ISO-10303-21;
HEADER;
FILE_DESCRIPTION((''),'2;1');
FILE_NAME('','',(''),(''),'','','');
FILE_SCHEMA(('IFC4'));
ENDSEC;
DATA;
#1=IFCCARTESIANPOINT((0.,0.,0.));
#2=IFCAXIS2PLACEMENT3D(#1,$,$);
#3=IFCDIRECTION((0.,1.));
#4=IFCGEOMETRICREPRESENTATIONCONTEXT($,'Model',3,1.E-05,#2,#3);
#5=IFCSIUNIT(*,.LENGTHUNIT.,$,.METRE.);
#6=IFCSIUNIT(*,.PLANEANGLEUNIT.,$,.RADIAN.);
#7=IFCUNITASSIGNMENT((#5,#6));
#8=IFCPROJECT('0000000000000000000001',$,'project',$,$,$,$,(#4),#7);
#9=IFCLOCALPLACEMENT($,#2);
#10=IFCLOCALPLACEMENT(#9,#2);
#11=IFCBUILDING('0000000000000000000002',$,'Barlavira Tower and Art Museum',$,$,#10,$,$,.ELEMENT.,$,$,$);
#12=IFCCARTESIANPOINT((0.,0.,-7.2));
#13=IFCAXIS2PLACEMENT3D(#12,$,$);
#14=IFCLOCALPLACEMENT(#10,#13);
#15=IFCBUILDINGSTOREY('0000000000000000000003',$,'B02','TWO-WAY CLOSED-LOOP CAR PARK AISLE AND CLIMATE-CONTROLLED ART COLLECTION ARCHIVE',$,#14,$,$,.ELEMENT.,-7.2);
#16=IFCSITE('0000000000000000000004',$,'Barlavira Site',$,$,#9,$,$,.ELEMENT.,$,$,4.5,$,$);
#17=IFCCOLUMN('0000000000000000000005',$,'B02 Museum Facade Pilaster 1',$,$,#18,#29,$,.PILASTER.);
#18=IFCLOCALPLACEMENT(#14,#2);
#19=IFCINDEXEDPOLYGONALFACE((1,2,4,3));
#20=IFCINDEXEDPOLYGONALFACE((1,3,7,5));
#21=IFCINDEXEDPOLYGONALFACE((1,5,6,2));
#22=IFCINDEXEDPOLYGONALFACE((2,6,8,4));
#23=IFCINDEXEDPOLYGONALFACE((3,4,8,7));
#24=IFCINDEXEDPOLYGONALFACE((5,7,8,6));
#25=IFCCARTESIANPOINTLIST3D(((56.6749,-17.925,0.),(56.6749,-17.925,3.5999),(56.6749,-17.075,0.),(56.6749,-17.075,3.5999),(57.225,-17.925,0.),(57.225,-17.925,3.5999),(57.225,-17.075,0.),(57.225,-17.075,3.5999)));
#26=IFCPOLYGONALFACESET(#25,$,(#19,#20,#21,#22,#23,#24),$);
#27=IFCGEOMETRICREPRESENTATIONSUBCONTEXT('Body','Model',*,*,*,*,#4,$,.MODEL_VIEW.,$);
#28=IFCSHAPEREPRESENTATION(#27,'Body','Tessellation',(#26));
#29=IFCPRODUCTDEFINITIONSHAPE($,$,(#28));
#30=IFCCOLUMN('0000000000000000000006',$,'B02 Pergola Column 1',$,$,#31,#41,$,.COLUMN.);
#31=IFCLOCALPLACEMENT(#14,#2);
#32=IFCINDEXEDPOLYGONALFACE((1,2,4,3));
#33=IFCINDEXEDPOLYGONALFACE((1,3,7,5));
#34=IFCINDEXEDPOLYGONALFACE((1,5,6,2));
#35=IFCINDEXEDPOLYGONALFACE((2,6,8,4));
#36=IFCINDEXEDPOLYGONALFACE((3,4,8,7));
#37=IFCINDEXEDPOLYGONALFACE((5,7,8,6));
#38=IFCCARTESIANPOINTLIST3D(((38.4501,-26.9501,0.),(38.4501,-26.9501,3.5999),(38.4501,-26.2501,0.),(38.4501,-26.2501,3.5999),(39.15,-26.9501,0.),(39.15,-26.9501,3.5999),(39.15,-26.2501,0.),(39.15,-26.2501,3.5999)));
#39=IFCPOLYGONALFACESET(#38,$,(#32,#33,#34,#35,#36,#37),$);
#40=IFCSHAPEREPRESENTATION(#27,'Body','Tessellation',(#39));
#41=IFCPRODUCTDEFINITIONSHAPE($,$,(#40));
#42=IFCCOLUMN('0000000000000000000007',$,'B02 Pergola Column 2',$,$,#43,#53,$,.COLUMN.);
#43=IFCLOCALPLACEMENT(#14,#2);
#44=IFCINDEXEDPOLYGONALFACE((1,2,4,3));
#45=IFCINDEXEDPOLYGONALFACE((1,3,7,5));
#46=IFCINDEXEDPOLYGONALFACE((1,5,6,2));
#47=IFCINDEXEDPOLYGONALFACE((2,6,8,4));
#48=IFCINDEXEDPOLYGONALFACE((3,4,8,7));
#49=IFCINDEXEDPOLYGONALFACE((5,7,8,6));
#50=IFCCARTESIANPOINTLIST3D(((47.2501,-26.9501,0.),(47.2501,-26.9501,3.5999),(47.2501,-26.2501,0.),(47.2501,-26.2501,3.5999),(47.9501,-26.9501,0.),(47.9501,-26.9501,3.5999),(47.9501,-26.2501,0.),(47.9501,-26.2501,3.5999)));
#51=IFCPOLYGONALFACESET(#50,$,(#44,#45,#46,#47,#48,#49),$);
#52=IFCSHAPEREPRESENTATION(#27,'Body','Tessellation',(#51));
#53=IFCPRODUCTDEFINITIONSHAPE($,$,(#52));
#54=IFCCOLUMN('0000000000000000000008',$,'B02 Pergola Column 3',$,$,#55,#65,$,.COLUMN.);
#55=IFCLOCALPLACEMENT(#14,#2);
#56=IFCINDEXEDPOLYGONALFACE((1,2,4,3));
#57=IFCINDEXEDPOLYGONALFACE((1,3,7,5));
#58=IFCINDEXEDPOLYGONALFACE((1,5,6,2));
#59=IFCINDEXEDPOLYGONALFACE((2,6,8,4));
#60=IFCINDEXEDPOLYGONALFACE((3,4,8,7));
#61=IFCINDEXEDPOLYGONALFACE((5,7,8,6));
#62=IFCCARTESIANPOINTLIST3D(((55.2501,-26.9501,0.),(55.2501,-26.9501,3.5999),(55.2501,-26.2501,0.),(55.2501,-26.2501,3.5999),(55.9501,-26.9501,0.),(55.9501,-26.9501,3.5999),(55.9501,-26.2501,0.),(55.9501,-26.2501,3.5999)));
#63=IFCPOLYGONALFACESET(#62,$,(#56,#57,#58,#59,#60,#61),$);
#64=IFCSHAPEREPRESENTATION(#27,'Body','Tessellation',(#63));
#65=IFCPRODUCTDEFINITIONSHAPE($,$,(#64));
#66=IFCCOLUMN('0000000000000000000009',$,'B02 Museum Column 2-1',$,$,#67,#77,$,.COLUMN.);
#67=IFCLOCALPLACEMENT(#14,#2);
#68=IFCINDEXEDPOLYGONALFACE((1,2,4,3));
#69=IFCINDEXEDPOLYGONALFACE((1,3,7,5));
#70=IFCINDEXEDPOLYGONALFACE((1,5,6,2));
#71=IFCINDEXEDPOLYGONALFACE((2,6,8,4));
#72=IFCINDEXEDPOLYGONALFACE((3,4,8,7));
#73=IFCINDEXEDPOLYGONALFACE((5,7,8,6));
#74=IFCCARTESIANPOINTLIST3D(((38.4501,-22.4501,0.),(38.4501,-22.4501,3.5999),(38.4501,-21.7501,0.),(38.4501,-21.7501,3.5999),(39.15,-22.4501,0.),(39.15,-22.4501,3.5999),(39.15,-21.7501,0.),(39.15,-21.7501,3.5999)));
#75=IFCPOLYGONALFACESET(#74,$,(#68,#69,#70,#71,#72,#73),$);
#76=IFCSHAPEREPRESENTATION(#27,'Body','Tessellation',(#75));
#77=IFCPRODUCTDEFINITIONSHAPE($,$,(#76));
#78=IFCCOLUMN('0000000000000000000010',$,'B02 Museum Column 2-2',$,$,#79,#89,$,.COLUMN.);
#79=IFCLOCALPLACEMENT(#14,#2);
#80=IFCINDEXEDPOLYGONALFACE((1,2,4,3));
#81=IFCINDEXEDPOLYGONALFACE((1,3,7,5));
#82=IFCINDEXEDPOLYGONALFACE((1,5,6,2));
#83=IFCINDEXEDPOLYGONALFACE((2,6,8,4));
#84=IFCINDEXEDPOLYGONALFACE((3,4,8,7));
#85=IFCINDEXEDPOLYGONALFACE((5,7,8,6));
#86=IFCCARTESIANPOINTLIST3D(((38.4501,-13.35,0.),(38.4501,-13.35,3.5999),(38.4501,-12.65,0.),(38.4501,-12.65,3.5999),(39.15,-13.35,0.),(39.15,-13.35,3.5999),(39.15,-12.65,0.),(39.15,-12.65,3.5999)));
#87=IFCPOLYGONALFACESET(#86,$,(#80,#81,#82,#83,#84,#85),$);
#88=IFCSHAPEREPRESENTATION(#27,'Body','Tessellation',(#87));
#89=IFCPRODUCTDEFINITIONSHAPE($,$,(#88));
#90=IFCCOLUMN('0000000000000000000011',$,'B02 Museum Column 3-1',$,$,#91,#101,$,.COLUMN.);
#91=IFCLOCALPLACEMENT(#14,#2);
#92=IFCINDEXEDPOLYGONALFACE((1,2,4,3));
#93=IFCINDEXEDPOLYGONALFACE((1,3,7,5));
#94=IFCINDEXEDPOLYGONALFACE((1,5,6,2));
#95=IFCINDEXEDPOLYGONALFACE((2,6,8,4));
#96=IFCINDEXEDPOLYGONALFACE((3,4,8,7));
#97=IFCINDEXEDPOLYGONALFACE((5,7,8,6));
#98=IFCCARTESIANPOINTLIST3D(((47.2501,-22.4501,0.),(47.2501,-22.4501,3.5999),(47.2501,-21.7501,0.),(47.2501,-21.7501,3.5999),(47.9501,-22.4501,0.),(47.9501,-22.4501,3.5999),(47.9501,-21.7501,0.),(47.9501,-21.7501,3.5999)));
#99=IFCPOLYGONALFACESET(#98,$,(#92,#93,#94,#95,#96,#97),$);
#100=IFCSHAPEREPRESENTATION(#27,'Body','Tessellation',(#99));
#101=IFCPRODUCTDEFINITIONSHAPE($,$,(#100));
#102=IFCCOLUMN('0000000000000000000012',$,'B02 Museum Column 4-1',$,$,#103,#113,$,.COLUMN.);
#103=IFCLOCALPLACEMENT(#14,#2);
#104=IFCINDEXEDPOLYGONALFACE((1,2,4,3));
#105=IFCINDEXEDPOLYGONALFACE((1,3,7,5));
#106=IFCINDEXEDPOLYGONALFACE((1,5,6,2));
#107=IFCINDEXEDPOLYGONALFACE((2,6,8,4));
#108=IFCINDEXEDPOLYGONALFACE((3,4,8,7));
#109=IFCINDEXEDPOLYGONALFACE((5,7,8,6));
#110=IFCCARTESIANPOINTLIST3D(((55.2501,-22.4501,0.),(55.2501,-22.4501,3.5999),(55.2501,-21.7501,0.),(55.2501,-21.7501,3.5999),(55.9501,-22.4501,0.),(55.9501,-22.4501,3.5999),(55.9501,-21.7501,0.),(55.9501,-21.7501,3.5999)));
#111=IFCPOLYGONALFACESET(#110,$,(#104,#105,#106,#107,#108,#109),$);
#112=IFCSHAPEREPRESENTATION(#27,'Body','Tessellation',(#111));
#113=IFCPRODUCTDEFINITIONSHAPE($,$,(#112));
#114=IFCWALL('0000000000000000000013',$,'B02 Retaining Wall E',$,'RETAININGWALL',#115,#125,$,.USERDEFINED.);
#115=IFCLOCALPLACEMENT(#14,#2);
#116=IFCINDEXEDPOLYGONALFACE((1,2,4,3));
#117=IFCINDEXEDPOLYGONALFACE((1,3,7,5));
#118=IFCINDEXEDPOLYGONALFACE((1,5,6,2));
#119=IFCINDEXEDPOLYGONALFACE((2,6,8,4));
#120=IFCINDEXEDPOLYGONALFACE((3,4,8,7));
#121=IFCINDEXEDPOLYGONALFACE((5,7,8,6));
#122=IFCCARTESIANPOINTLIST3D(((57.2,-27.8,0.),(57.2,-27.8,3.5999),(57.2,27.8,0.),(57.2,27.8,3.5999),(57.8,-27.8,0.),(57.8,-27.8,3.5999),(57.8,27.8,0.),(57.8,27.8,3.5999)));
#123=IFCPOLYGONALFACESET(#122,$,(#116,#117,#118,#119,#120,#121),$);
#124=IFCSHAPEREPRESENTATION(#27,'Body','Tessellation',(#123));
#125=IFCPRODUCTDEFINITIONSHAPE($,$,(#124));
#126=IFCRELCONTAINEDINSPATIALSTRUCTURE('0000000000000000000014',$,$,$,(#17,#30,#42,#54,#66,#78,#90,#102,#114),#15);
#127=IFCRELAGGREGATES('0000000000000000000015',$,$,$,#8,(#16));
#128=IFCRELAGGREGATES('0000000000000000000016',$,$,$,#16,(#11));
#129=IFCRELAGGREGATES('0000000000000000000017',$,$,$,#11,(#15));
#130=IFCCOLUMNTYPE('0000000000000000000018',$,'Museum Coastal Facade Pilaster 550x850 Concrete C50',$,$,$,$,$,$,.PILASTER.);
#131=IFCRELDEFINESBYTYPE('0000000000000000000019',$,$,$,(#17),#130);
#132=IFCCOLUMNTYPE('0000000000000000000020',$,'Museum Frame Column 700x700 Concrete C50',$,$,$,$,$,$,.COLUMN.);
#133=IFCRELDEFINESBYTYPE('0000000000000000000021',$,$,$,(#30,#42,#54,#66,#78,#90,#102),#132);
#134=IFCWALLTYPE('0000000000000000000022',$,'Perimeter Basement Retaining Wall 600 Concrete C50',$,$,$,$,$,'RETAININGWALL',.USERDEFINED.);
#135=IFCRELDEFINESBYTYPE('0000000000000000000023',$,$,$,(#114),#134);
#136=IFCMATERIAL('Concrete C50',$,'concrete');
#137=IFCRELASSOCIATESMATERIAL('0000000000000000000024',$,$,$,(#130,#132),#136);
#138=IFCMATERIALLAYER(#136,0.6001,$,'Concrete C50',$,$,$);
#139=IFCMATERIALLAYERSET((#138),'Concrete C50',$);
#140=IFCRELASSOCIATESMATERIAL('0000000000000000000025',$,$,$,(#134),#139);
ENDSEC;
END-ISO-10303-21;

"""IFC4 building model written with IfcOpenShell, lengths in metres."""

from ifc_helpers import new_model, si_unit, direction, frame, frame_2d, origin, origin_2d, place, context, subcontext, project, spatial, rectangle, extrude, material, layer, layer_set, material_profile, profile_set, type_object, element, save


model = new_model("IFC4")

# Units and contexts
model_context = context("Model", 3, precision=1e-05, world=origin(), true_north=direction((0.0, 1.0)))
body_context = subcontext(model_context, "Body", "Model", "MODEL_VIEW")
ifc_project = project(units=[si_unit("LENGTHUNIT", "METRE"), si_unit("PLANEANGLEUNIT", "RADIAN")], contexts=[model_context])

# Site, building, storey
site_placement = place(None, origin())
site = spatial("IfcSite", under=ifc_project, at=site_placement, Name="Barlavira Site", CompositionType="ELEMENT", RefElevation=4.5)
building_placement = place(site_placement, origin())
building = spatial("IfcBuilding", under=site, at=building_placement, Name="Barlavira Tower and Art Museum", CompositionType="ELEMENT")
storey_placement = place(building_placement, frame((0.0, 0.0, -7.2)))
storey = spatial("IfcBuildingStorey", under=building, at=storey_placement, Name="B02", Description="TWO-WAY CLOSED-LOOP CAR PARK AISLE AND CLIMATE-CONTROLLED ART COLLECTION ARCHIVE", CompositionType="ELEMENT", Elevation=-7.2)

# Shared definitions
ifc_material = material(Name="Concrete C50", Category="concrete")

# Columns
ifc_material_profile_1 = material_profile(ifc_material, rectangle(XDim=0.55, YDim=0.8501, at=origin_2d()), Name="RC-PIL 550x850")
ifc_profile_set_1 = profile_set([ifc_material_profile_1], Name="Concrete C50")
column_type_1 = type_object("IfcColumnType", Name="Museum Coastal Facade Pilaster 550x850 Concrete C50", PredefinedType="PILASTER", material=ifc_profile_set_1)
column_placement = place(storey_placement, frame((56.95, -17.5, 0.0), z_axis=(0.0, 0.0, 1.0), x_axis=(1.0, 0.0, 0.0)))
element("IfcColumn", 1, at=column_placement, inside=storey, type_object=column_type_1, Name="B02 Museum Facade Pilaster 1", PredefinedType="PILASTER", context=body_context, shape_type="SweptSolid", body=[
    extrude(rectangle(XDim=0.55, YDim=0.8501, at=origin_2d()), origin(), (0.0, 0.0, 1.0), 3.5999),
])
ifc_material_profile_2 = material_profile(ifc_material, rectangle(XDim=0.7, YDim=0.7, at=origin_2d()), Name="RC-COL 700x700")
ifc_profile_set_2 = profile_set([ifc_material_profile_2], Name="Concrete C50")
column_type_2 = type_object("IfcColumnType", Name="Museum Frame Column 700x700 Concrete C50", PredefinedType="COLUMN", material=ifc_profile_set_2)
for number, where, z_axis, x_axis, name in (
    (2, (38.8, -26.6001, 0.0), (0.0, 0.0, 1.0), (1.0, 0.0, 0.0), "B02 Pergola Column 1"),
    (3, (47.6001, -26.6001, 0.0), (0.0, 0.0, 1.0), (1.0, 0.0, 0.0), "B02 Pergola Column 2"),
    (4, (55.6001, -26.6001, 0.0), (0.0, 0.0, 1.0), (1.0, 0.0, 0.0), "B02 Pergola Column 3"),
    (5, (38.8, -22.1001, 0.0), (0.0, 0.0, 1.0), (1.0, 0.0, 0.0), "B02 Museum Column 2-1"),
    (6, (38.8, -13.0, 0.0), (0.0, 0.0, 1.0), (1.0, 0.0, 0.0), "B02 Museum Column 2-2"),
    (7, (47.6001, -22.1001, 0.0), (0.0, 0.0, 1.0), (1.0, 0.0, 0.0), "B02 Museum Column 3-1"),
    (8, (55.6001, -22.1001, 0.0), (0.0, 0.0, 1.0), (1.0, 0.0, 0.0), "B02 Museum Column 4-1"),
):
    element("IfcColumn", number, at=place(storey_placement, frame(where, z_axis=z_axis, x_axis=x_axis)), inside=storey, type_object=column_type_2, Name=name, PredefinedType="COLUMN", context=body_context, shape_type="SweptSolid", body=[
        extrude(rectangle(XDim=0.7, YDim=0.7, at=origin_2d()), origin(), (0.0, 0.0, 1.0), 3.5999),
    ])

# Wall
ifc_layer = layer(ifc_material, 0.6001, Name="Concrete C50")
ifc_layer_set = layer_set([ifc_layer], Name="Concrete C50")
wall_type = type_object("IfcWallType", Name="Perimeter Basement Retaining Wall 600 Concrete C50", ElementType="RETAININGWALL", PredefinedType="USERDEFINED", material=ifc_layer_set)
wall_placement = place(storey_placement, frame((57.5, -27.8, 0.0), z_axis=(0.0, 0.0, 1.0), x_axis=(0.0, 1.0, 0.0)))
element("IfcWall", 9, at=wall_placement, inside=storey, type_object=wall_type, Name="B02 Retaining Wall E", ObjectType="RETAININGWALL", PredefinedType="USERDEFINED", context=body_context, shape_type="SweptSolid", body=[
    extrude(rectangle(XDim=55.6001, YDim=0.6001, at=frame_2d((27.8, 0.0))), origin(), (0.0, 0.0, 1.0), 3.5999),
])

save(model, "model.ifc")
